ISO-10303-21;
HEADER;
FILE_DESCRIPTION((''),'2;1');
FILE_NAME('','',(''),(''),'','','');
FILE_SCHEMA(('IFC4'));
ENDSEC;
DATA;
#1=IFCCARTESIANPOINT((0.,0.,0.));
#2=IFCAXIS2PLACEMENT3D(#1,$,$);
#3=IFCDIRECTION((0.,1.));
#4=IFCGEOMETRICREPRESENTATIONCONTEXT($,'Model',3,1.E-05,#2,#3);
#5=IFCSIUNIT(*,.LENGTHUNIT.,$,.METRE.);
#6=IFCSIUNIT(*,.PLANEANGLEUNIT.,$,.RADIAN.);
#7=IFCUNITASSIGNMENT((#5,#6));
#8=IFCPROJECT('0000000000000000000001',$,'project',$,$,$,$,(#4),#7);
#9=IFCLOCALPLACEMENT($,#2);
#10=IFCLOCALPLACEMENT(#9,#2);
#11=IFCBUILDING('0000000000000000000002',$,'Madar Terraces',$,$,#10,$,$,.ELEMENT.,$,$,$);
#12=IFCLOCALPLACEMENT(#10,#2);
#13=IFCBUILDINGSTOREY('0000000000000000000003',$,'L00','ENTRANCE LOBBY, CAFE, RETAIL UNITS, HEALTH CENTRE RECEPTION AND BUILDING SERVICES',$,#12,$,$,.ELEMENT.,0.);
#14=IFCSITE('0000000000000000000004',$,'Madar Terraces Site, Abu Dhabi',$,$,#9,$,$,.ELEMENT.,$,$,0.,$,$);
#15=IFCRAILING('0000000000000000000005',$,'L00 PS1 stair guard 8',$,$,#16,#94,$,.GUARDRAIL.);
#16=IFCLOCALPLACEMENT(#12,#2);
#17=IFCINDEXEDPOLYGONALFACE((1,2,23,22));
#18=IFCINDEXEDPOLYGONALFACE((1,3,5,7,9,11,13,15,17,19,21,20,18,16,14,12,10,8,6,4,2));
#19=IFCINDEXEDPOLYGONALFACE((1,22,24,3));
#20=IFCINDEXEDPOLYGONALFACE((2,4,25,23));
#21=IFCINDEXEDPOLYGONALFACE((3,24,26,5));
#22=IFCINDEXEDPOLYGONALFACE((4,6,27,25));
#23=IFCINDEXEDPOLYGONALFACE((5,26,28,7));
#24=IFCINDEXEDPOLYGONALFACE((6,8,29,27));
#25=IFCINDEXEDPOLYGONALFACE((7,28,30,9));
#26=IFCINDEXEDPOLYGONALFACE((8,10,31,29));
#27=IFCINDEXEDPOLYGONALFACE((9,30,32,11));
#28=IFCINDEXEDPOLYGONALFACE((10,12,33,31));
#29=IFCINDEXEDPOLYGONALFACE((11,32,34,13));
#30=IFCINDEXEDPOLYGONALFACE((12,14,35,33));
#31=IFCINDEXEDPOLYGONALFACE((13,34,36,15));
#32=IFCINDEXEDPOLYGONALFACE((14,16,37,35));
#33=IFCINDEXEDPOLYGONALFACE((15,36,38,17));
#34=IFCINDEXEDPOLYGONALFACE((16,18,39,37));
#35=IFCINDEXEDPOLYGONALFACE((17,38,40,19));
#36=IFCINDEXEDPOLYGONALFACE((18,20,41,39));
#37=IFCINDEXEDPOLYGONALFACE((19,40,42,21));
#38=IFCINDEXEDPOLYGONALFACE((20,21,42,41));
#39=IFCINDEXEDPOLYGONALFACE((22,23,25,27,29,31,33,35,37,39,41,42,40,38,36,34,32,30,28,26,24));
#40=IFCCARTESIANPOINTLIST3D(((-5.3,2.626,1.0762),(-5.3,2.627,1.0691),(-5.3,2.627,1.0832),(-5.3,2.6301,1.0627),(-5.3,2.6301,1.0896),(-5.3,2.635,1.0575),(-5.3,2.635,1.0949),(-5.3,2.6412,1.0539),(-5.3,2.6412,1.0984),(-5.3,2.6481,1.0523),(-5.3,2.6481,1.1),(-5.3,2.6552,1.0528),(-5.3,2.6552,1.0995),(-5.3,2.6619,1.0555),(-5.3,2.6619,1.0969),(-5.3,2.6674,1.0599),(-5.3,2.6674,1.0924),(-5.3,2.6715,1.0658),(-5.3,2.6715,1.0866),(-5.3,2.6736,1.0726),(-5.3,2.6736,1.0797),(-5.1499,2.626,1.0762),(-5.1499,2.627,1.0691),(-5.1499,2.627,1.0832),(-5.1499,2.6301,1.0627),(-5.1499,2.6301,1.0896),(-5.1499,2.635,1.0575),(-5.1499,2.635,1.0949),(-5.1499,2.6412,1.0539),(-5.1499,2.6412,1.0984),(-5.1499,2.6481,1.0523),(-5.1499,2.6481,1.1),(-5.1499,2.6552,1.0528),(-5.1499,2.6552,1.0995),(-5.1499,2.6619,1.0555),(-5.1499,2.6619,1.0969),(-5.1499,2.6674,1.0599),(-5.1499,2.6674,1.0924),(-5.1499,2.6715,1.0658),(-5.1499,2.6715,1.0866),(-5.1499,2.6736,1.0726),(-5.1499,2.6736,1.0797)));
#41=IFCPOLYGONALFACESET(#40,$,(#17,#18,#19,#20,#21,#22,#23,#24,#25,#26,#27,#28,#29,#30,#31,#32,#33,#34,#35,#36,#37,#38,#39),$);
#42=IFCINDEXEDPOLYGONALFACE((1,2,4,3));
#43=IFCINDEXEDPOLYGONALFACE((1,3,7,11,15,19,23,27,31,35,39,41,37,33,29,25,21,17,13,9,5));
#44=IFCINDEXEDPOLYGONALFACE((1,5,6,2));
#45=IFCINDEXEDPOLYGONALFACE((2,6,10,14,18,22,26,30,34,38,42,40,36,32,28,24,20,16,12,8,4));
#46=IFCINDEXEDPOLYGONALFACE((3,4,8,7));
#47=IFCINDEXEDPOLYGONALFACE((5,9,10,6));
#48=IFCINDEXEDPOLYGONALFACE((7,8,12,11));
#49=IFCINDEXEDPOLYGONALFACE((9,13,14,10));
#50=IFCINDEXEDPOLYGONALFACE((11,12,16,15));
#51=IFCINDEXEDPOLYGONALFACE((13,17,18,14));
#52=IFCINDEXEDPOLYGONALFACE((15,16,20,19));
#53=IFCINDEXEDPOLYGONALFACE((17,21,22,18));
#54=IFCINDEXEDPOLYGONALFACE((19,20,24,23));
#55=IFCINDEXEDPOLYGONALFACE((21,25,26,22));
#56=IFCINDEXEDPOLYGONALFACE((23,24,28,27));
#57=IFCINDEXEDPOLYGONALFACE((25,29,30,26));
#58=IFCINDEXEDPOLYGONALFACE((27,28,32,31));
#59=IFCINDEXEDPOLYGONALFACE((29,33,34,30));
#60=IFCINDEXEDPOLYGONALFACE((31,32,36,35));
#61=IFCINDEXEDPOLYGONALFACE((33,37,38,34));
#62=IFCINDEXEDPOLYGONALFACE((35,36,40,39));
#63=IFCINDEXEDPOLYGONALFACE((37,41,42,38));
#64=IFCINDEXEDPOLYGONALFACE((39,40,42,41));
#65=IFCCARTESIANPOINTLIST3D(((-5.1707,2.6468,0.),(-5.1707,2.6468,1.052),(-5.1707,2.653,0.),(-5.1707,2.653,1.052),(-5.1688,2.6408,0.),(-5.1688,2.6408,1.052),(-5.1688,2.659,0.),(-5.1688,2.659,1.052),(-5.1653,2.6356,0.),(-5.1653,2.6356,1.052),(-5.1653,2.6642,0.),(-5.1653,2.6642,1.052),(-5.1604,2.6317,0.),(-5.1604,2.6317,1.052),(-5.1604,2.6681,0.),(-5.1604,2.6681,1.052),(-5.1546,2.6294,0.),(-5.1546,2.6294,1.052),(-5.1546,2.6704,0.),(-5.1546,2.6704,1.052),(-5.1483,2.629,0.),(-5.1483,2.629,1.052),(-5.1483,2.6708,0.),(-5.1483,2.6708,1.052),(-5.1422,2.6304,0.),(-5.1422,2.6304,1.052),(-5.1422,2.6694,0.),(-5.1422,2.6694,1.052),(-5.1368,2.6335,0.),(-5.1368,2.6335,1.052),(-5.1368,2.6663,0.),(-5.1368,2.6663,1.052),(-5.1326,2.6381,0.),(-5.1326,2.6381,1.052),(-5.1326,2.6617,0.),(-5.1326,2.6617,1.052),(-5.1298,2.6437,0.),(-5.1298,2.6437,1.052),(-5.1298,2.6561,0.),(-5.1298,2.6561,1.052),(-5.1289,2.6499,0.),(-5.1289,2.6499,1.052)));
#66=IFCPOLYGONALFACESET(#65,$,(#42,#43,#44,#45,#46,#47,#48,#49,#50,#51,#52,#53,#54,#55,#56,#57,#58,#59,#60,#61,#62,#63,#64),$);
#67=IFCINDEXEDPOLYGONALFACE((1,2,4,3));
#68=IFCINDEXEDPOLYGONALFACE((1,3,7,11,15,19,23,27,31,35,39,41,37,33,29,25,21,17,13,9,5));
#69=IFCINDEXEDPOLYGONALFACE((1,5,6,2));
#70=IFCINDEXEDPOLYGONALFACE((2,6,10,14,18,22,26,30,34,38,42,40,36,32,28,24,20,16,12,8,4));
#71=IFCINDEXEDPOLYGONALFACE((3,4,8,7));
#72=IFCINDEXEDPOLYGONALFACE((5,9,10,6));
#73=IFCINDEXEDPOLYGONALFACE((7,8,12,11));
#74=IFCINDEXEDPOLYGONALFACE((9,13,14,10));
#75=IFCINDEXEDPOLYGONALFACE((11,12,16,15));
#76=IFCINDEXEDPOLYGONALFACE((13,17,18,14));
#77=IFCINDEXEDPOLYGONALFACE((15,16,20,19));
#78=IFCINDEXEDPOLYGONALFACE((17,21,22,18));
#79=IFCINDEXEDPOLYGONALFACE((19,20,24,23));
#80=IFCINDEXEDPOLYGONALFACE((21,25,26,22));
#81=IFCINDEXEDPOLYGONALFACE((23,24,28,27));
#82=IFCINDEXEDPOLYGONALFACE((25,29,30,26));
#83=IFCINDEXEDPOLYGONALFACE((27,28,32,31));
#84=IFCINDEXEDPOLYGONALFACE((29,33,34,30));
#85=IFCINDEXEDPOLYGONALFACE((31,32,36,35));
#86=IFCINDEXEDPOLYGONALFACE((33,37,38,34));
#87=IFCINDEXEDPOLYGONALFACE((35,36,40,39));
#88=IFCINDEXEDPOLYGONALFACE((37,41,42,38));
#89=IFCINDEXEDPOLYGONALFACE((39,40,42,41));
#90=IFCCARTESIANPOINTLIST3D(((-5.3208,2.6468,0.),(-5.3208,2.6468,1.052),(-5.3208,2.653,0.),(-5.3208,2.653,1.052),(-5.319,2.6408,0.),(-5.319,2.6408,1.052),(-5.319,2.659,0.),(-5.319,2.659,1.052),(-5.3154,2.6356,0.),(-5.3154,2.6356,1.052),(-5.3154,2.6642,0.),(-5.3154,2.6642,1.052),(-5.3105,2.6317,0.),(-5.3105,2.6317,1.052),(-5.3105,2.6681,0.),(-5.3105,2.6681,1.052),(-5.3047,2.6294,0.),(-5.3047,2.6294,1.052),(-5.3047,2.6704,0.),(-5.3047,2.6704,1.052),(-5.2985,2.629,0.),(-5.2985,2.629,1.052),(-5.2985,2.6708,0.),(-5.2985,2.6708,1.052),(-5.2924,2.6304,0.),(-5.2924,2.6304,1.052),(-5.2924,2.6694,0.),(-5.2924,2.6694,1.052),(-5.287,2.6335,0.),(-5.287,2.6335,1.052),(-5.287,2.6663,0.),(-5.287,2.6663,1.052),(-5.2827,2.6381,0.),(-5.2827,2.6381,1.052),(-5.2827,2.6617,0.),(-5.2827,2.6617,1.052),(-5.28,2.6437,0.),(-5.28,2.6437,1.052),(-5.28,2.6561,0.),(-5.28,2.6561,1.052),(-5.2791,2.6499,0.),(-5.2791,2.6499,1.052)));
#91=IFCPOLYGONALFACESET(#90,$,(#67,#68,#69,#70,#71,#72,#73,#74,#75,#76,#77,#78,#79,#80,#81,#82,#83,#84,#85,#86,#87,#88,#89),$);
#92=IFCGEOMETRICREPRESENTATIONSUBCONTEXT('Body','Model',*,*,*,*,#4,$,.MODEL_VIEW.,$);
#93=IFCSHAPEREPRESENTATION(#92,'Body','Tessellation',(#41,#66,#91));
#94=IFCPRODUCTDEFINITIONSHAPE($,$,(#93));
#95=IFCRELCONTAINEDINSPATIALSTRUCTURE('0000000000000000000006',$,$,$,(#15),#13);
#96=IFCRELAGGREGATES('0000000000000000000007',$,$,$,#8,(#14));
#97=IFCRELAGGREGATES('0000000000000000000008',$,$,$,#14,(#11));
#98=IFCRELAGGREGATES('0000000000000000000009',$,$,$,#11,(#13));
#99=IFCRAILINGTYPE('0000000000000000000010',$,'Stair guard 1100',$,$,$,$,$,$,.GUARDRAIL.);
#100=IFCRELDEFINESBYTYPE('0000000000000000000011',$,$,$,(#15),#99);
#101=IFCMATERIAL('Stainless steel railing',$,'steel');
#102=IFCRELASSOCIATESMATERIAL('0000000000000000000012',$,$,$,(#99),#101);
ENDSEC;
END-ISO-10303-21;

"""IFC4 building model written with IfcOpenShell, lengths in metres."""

from ifc_helpers import new_model, si_unit, direction, frame, origin, origin_2d, place, context, subcontext, project, spatial, circle, extrude, material, type_object, element, save


model = new_model("IFC4")

# Units and contexts
model_context = context("Model", 3, precision=1e-05, world=origin(), true_north=direction((0.0, 1.0)))
body_context = subcontext(model_context, "Body", "Model", "MODEL_VIEW")
ifc_project = project(units=[si_unit("LENGTHUNIT", "METRE"), si_unit("PLANEANGLEUNIT", "RADIAN")], contexts=[model_context])

# Site, building, storey
site_placement = place(None, origin())
site = spatial("IfcSite", under=ifc_project, at=site_placement, Name="Madar Terraces Site, Abu Dhabi", CompositionType="ELEMENT", RefElevation=0.0)
building_placement = place(site_placement, origin())
building = spatial("IfcBuilding", under=site, at=building_placement, Name="Madar Terraces", CompositionType="ELEMENT")
storey_placement = place(building_placement, origin())
storey = spatial("IfcBuildingStorey", under=building, at=storey_placement, Name="L00", Description="ENTRANCE LOBBY, CAFE, RETAIL UNITS, HEALTH CENTRE RECEPTION AND BUILDING SERVICES", CompositionType="ELEMENT", Elevation=0.0)

# Railing
ifc_material_1 = material(Name="Stainless steel railing", Category="steel")
railing_type_1 = type_object("IfcRailingType", Name="Stair guard 1100", PredefinedType="GUARDRAIL", material=ifc_material_1)
railing_1_placement = place(storey_placement, frame((-5.1499, 2.6499, 0.0)))
element("IfcRailing", 1, at=railing_1_placement, inside=storey, type_object=railing_type_1, Name="L00 PS1 stair guard 8", PredefinedType="GUARDRAIL", context=body_context, shape_type="SweptSolid", body=[
    extrude(circle(Radius=0.0239, at=origin_2d()), frame((0.0, 0.0, 1.0762), z_axis=(-1.0, 0.0, 0.0), x_axis=(0.0, -1.0, 0.0)), (0.0, 0.0, 1.0), 0.1501),
    extrude(circle(Radius=0.021, at=origin_2d()), origin(), (0.0, 0.0, 1.0), 1.052),
    extrude(circle(Radius=0.021, at=origin_2d()), frame((-0.1501, 0.0, 0.0)), (0.0, 0.0, 1.0), 1.052),
])

save(model, "model.ifc")
